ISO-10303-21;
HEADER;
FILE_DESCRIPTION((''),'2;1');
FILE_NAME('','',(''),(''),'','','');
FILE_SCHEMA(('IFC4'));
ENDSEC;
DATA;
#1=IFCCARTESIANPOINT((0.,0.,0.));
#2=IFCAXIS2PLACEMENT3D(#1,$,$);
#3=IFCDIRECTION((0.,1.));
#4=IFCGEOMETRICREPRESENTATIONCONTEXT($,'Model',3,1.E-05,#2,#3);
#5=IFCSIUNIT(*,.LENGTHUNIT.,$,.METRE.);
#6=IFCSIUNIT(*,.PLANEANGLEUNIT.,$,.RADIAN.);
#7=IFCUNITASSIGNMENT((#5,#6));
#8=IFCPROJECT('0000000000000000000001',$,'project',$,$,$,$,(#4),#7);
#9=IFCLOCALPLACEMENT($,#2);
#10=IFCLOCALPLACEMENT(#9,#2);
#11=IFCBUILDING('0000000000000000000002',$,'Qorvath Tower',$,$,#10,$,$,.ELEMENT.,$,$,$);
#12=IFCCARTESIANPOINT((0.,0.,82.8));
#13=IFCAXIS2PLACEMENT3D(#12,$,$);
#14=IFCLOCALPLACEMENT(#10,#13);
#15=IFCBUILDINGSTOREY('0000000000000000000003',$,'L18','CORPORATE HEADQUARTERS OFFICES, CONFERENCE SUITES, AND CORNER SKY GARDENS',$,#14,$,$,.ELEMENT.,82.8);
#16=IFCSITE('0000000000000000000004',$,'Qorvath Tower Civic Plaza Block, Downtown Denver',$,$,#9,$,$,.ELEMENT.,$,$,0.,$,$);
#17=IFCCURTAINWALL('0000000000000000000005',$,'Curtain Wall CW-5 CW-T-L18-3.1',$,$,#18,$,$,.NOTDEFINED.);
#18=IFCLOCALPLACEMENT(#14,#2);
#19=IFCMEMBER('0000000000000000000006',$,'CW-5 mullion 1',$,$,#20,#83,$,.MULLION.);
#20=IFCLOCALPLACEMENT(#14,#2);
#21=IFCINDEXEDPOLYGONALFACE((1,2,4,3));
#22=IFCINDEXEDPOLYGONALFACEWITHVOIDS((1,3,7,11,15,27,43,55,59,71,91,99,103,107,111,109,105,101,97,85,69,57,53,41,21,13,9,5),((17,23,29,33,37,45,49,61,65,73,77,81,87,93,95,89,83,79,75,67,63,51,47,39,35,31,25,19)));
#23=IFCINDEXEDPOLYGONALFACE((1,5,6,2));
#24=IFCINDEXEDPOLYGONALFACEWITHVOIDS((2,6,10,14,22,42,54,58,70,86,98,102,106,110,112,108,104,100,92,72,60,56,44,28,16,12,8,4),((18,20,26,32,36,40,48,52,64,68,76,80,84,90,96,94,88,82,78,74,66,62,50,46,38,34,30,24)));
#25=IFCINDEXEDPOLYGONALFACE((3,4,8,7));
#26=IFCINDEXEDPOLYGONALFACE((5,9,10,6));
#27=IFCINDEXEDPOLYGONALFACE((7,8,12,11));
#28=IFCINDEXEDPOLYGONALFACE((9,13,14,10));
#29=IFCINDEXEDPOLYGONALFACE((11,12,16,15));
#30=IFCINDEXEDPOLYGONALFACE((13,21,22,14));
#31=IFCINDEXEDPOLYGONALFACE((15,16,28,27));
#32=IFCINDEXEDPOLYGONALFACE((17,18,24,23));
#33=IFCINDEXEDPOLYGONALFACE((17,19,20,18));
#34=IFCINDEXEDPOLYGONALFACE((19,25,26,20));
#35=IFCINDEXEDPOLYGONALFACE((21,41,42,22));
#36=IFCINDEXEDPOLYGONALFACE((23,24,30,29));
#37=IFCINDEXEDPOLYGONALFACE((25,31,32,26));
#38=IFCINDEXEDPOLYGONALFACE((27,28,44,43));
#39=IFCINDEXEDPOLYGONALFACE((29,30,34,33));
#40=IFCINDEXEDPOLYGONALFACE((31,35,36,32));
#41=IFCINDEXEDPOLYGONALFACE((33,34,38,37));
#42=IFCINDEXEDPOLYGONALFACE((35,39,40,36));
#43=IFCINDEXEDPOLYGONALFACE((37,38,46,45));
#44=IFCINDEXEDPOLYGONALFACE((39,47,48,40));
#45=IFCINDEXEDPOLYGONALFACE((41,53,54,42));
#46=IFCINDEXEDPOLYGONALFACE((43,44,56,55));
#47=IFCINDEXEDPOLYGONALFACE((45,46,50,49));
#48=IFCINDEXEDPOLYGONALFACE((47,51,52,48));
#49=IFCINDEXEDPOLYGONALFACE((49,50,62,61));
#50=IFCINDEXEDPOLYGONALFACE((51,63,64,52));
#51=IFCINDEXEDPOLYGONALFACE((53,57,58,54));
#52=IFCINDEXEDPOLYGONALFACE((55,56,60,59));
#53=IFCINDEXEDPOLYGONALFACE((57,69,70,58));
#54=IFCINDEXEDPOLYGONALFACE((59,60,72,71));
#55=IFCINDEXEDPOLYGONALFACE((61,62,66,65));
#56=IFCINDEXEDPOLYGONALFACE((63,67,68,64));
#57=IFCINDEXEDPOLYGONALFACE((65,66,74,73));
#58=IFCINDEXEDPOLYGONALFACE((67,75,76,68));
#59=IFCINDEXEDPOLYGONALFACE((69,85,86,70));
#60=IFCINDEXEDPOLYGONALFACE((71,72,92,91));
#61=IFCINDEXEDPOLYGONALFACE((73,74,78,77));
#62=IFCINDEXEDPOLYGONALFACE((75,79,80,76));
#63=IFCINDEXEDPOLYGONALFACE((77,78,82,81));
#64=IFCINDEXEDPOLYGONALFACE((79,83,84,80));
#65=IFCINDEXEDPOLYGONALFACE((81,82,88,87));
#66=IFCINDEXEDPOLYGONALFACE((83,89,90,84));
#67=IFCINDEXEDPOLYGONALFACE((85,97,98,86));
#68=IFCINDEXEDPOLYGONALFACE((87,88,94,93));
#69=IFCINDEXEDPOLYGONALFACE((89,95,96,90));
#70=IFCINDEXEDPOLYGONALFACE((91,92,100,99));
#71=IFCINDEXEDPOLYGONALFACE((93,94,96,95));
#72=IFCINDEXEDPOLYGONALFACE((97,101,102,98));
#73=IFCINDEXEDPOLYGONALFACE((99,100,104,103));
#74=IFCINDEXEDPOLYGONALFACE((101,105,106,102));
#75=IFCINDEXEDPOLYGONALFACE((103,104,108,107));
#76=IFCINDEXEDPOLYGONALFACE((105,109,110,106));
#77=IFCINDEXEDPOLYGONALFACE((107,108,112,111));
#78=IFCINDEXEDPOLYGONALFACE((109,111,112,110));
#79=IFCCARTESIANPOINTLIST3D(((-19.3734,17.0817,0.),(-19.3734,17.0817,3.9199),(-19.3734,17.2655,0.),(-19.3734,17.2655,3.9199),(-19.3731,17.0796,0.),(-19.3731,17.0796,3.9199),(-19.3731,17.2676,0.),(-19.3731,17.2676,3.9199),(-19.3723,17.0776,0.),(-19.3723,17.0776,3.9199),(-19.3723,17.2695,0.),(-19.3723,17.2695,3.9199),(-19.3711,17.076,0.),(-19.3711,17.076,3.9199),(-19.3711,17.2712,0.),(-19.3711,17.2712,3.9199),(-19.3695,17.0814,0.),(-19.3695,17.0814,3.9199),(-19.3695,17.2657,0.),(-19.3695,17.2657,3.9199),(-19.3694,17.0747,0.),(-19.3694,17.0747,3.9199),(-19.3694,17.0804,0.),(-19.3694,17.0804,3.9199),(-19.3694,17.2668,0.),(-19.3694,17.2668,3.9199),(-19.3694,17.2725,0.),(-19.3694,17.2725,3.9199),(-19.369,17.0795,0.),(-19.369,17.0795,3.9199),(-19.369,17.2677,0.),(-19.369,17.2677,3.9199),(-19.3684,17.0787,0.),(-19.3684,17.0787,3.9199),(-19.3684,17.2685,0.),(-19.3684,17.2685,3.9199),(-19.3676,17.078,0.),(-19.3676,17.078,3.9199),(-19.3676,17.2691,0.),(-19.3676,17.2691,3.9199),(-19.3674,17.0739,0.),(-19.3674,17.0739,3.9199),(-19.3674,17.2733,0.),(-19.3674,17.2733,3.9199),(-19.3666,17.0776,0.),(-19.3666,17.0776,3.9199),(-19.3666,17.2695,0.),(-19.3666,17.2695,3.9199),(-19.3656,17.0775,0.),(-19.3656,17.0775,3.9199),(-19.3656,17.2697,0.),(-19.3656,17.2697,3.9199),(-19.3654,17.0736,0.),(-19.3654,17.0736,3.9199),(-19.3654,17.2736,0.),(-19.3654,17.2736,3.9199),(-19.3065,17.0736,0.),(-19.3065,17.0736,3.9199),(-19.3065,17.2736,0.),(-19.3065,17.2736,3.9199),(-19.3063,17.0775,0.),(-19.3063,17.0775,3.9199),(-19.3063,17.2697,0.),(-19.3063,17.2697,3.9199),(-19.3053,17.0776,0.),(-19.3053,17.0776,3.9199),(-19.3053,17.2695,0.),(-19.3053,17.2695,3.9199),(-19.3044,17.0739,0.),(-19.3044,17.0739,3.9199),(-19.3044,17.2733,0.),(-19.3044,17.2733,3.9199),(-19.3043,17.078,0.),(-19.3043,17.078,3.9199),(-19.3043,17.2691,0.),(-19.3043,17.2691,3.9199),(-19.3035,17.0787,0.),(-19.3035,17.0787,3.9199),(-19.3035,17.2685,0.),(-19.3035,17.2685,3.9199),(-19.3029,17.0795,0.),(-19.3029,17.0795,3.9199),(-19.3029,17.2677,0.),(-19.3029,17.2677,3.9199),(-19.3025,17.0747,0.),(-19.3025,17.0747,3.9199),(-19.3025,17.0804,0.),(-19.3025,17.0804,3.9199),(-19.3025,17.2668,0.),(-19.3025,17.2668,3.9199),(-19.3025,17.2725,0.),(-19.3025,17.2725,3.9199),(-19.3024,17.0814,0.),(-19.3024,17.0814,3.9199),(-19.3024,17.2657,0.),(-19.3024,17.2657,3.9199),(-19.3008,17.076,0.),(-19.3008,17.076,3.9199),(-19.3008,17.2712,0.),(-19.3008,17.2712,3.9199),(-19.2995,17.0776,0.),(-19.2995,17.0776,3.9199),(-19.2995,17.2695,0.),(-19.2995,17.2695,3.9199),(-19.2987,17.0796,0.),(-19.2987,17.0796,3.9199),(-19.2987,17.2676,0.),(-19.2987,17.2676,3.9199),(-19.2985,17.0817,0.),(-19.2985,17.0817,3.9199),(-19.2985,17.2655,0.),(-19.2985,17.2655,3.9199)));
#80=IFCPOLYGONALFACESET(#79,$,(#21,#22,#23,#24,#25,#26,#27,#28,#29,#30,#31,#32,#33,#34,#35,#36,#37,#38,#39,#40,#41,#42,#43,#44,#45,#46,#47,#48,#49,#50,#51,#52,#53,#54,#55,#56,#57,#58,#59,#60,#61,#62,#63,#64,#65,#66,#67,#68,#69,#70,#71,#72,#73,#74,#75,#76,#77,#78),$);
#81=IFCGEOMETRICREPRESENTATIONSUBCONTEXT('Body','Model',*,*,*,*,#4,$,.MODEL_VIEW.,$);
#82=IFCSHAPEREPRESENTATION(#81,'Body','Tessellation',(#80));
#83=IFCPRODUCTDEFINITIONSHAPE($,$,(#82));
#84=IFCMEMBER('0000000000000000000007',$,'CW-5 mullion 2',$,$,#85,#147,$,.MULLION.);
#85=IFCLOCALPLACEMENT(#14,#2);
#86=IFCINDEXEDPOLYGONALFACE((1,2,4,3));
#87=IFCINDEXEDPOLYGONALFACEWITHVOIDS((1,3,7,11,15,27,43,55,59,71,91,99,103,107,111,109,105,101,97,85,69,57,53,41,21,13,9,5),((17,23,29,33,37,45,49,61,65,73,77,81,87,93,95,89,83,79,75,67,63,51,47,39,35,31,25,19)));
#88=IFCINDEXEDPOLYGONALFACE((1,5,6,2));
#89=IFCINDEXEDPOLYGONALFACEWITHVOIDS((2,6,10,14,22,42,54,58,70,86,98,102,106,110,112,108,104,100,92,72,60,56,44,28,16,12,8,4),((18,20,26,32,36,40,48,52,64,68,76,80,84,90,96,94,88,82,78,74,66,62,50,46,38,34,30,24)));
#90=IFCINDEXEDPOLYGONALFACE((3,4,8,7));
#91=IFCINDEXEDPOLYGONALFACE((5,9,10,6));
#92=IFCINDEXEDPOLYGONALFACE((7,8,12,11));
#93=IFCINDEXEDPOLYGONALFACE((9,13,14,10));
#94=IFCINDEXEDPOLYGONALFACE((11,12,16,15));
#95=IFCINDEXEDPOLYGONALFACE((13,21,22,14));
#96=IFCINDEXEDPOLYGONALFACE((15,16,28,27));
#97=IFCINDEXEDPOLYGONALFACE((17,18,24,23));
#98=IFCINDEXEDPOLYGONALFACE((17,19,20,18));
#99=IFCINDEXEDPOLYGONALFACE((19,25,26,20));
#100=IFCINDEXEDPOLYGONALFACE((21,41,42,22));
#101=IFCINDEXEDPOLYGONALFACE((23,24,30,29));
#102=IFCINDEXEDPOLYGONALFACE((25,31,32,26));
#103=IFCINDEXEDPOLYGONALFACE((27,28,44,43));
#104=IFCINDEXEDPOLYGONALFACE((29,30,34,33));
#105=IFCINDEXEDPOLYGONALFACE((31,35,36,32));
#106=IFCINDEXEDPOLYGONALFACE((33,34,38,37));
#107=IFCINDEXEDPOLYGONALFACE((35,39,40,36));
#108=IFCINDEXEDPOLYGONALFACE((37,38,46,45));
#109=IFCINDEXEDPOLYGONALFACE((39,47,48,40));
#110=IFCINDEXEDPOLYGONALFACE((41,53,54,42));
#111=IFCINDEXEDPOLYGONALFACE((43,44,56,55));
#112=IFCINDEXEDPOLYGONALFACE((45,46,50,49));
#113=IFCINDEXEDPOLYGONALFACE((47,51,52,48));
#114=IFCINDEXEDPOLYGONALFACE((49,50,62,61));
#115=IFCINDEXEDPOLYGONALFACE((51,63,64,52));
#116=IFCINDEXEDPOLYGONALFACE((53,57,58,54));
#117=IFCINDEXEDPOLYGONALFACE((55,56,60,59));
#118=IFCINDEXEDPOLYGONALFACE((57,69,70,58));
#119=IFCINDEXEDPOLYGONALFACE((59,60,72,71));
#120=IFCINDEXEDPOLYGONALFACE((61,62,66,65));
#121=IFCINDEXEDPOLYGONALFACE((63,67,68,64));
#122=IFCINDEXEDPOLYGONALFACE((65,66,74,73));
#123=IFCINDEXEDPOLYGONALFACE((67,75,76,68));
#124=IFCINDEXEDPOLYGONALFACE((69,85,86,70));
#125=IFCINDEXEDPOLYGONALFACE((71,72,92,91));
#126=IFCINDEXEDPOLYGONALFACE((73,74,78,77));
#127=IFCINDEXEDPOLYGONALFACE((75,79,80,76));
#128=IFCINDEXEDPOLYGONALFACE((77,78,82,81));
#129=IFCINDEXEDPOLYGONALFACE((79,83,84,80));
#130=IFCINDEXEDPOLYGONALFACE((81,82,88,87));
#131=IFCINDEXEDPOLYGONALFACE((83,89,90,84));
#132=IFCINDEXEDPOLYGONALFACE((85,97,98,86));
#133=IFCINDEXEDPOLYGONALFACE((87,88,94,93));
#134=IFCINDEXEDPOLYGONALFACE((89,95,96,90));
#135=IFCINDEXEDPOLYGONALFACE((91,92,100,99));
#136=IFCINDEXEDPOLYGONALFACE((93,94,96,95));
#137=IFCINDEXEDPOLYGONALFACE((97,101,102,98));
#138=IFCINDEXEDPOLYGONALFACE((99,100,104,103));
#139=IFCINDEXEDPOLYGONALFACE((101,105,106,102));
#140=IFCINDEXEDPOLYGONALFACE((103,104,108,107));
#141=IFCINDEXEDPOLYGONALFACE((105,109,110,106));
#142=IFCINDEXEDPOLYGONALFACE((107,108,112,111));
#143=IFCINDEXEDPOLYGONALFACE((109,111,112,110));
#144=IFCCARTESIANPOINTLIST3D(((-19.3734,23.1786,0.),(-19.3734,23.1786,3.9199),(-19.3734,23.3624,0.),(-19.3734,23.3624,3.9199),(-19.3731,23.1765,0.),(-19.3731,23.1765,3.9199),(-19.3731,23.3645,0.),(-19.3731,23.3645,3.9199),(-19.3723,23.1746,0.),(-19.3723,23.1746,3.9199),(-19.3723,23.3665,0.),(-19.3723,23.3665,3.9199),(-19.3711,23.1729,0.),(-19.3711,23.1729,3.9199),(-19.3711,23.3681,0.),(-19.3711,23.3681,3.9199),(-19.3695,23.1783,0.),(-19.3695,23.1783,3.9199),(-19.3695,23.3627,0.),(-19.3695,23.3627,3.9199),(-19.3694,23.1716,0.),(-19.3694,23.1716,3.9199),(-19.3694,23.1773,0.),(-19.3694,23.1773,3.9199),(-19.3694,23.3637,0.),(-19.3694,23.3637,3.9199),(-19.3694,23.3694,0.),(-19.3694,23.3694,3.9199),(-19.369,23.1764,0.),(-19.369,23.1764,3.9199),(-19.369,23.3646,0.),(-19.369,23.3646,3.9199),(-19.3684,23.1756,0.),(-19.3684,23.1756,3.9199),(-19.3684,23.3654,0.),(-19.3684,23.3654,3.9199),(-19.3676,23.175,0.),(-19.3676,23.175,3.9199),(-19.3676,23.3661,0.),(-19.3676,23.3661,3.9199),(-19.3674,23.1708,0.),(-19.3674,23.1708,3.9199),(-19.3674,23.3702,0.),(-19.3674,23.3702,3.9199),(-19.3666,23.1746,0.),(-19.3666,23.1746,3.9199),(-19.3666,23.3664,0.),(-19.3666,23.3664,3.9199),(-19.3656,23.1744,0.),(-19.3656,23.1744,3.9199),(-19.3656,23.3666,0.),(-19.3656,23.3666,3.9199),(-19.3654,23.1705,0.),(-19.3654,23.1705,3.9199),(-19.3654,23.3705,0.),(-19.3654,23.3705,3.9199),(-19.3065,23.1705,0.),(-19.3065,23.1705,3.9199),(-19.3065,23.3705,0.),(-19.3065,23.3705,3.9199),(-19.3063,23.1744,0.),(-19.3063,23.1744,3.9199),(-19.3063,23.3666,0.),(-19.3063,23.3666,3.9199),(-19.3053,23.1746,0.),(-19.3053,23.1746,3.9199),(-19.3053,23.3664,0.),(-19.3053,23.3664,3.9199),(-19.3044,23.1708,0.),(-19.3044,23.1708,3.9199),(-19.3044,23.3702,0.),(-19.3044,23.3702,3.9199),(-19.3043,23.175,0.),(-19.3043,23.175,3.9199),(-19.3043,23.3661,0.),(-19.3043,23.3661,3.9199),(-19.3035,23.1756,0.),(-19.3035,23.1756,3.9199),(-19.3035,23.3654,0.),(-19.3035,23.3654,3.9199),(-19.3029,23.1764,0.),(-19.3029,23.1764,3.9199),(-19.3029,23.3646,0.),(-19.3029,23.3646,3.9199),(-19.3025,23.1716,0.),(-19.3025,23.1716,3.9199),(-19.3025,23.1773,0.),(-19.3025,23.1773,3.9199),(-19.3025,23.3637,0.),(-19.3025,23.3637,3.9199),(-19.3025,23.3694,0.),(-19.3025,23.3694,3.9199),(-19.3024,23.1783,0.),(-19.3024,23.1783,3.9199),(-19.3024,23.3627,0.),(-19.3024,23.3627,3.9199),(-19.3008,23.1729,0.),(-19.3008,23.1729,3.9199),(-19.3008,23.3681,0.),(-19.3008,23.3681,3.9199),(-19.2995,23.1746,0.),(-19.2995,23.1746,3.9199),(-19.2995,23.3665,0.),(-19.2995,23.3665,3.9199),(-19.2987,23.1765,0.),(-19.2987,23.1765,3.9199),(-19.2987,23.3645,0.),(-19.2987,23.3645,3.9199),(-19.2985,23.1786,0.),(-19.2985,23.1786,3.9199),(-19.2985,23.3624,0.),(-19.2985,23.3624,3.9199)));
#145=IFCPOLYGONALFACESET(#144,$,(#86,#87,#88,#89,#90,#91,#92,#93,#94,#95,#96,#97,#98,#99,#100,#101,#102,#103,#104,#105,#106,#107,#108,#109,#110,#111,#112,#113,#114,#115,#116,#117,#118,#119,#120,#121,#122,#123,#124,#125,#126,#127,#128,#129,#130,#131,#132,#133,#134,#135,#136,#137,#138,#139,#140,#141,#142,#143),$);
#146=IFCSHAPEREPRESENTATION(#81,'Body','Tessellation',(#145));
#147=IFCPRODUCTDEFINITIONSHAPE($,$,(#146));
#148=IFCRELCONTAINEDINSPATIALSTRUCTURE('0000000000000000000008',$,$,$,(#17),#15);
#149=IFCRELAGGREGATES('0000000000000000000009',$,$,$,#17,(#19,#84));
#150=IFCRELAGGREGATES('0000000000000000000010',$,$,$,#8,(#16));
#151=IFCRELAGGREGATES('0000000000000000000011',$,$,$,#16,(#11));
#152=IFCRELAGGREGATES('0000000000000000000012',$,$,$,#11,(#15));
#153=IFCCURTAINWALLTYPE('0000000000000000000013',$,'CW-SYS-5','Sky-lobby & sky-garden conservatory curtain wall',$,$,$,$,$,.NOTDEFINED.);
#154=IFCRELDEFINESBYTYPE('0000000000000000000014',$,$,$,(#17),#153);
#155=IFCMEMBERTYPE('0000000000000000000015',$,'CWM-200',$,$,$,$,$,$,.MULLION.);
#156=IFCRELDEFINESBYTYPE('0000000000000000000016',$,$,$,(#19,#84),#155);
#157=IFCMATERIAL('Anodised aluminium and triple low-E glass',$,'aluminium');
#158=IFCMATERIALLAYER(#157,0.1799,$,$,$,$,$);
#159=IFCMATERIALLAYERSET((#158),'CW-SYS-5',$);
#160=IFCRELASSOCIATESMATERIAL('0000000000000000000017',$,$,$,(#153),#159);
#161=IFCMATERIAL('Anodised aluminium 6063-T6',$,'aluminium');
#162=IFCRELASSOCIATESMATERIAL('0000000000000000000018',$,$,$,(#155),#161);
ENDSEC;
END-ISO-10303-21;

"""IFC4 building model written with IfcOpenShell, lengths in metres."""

from ifc_helpers import new_model, si_unit, direction, frame, origin, origin_2d, place, context, subcontext, project, spatial, hollow_rectangle, extrude, material, layer, layer_set, material_profile, profile_set, type_object, element, aggregate, save


model = new_model("IFC4")

# Units and contexts
model_context = context("Model", 3, precision=1e-05, world=origin(), true_north=direction((0.0, 1.0)))
body_context = subcontext(model_context, "Body", "Model", "MODEL_VIEW")
ifc_project = project(units=[si_unit("LENGTHUNIT", "METRE"), si_unit("PLANEANGLEUNIT", "RADIAN")], contexts=[model_context])

# Site, building, storey
site_placement = place(None, origin())
site = spatial("IfcSite", under=ifc_project, at=site_placement, Name="Qorvath Tower Civic Plaza Block, Downtown Denver", CompositionType="ELEMENT", RefElevation=0.0)
building_placement = place(site_placement, origin())
building = spatial("IfcBuilding", under=site, at=building_placement, Name="Qorvath Tower", CompositionType="ELEMENT")
storey_placement = place(building_placement, frame((0.0, 0.0, 82.8)))
storey = spatial("IfcBuildingStorey", under=building, at=storey_placement, Name="L18", Description="CORPORATE HEADQUARTERS OFFICES, CONFERENCE SUITES, AND CORNER SKY GARDENS", CompositionType="ELEMENT", Elevation=82.8)

# Shared definitions
ifc_material_1 = material(Name="Anodised aluminium and triple low-E glass", Category="aluminium")
ifc_layer_1 = layer(ifc_material_1, 0.1799)
ifc_layer_set_1 = layer_set([ifc_layer_1], Name="CW-SYS-5")
curtain_wall_type = type_object("IfcCurtainWallType", Name="CW-SYS-5", Description="Sky-lobby & sky-garden conservatory curtain wall", PredefinedType="NOTDEFINED", material=ifc_layer_set_1)
ifc_material_2 = material(Name="Anodised aluminium 6063-T6", Category="aluminium")
ifc_material_profile_1 = material_profile(ifc_material_2, hollow_rectangle(XDim=0.075, YDim=0.2, WallThickness=0.0039, InnerFilletRadius=0.0039, OuterFilletRadius=0.0081, at=origin_2d()), Name="CWM 200x75")
ifc_profile_set_1 = profile_set([ifc_material_profile_1], Name="Anodised aluminium 6063-T6")
member_type_1 = type_object("IfcMemberType", Name="CWM-200", PredefinedType="MULLION", material=ifc_profile_set_1)

# Curtain wall, members
curtain_wall_1_placement = place(storey_placement, origin())
curtain_wall_1 = element("IfcCurtainWall", 1, at=curtain_wall_1_placement, inside=storey, type_object=curtain_wall_type, Name="Curtain Wall CW-5 CW-T-L18-3.1", PredefinedType="NOTDEFINED")
member_1_placement = place(storey_placement, frame((-19.3359, 17.1736, 0.0), z_axis=(0.0, 0.0, 1.0), x_axis=(-1.0, 0.0, 0.0)))
member_1 = element("IfcMember", 2, at=member_1_placement, type_object=member_type_1, Name="CW-5 mullion 1", PredefinedType="MULLION", context=body_context, shape_type="SweptSolid", body=[
    extrude(hollow_rectangle(XDim=0.075, YDim=0.2, WallThickness=0.0039, InnerFilletRadius=0.0039, OuterFilletRadius=0.0081, at=origin_2d()), origin(), (0.0, 0.0, 1.0), 3.9199),
])
member_2_placement = place(storey_placement, frame((-19.3359, 23.2705, 0.0), z_axis=(0.0, 0.0, 1.0), x_axis=(-1.0, 0.0, 0.0)))
member_2 = element("IfcMember", 3, at=member_2_placement, type_object=member_type_1, Name="CW-5 mullion 2", PredefinedType="MULLION", context=body_context, shape_type="SweptSolid", body=[
    extrude(hollow_rectangle(XDim=0.075, YDim=0.2, WallThickness=0.0039, InnerFilletRadius=0.0039, OuterFilletRadius=0.0081, at=origin_2d()), origin(), (0.0, 0.0, 1.0), 3.9199),
])

aggregate(curtain_wall_1, [member_1, member_2])

save(model, "model.ifc")
